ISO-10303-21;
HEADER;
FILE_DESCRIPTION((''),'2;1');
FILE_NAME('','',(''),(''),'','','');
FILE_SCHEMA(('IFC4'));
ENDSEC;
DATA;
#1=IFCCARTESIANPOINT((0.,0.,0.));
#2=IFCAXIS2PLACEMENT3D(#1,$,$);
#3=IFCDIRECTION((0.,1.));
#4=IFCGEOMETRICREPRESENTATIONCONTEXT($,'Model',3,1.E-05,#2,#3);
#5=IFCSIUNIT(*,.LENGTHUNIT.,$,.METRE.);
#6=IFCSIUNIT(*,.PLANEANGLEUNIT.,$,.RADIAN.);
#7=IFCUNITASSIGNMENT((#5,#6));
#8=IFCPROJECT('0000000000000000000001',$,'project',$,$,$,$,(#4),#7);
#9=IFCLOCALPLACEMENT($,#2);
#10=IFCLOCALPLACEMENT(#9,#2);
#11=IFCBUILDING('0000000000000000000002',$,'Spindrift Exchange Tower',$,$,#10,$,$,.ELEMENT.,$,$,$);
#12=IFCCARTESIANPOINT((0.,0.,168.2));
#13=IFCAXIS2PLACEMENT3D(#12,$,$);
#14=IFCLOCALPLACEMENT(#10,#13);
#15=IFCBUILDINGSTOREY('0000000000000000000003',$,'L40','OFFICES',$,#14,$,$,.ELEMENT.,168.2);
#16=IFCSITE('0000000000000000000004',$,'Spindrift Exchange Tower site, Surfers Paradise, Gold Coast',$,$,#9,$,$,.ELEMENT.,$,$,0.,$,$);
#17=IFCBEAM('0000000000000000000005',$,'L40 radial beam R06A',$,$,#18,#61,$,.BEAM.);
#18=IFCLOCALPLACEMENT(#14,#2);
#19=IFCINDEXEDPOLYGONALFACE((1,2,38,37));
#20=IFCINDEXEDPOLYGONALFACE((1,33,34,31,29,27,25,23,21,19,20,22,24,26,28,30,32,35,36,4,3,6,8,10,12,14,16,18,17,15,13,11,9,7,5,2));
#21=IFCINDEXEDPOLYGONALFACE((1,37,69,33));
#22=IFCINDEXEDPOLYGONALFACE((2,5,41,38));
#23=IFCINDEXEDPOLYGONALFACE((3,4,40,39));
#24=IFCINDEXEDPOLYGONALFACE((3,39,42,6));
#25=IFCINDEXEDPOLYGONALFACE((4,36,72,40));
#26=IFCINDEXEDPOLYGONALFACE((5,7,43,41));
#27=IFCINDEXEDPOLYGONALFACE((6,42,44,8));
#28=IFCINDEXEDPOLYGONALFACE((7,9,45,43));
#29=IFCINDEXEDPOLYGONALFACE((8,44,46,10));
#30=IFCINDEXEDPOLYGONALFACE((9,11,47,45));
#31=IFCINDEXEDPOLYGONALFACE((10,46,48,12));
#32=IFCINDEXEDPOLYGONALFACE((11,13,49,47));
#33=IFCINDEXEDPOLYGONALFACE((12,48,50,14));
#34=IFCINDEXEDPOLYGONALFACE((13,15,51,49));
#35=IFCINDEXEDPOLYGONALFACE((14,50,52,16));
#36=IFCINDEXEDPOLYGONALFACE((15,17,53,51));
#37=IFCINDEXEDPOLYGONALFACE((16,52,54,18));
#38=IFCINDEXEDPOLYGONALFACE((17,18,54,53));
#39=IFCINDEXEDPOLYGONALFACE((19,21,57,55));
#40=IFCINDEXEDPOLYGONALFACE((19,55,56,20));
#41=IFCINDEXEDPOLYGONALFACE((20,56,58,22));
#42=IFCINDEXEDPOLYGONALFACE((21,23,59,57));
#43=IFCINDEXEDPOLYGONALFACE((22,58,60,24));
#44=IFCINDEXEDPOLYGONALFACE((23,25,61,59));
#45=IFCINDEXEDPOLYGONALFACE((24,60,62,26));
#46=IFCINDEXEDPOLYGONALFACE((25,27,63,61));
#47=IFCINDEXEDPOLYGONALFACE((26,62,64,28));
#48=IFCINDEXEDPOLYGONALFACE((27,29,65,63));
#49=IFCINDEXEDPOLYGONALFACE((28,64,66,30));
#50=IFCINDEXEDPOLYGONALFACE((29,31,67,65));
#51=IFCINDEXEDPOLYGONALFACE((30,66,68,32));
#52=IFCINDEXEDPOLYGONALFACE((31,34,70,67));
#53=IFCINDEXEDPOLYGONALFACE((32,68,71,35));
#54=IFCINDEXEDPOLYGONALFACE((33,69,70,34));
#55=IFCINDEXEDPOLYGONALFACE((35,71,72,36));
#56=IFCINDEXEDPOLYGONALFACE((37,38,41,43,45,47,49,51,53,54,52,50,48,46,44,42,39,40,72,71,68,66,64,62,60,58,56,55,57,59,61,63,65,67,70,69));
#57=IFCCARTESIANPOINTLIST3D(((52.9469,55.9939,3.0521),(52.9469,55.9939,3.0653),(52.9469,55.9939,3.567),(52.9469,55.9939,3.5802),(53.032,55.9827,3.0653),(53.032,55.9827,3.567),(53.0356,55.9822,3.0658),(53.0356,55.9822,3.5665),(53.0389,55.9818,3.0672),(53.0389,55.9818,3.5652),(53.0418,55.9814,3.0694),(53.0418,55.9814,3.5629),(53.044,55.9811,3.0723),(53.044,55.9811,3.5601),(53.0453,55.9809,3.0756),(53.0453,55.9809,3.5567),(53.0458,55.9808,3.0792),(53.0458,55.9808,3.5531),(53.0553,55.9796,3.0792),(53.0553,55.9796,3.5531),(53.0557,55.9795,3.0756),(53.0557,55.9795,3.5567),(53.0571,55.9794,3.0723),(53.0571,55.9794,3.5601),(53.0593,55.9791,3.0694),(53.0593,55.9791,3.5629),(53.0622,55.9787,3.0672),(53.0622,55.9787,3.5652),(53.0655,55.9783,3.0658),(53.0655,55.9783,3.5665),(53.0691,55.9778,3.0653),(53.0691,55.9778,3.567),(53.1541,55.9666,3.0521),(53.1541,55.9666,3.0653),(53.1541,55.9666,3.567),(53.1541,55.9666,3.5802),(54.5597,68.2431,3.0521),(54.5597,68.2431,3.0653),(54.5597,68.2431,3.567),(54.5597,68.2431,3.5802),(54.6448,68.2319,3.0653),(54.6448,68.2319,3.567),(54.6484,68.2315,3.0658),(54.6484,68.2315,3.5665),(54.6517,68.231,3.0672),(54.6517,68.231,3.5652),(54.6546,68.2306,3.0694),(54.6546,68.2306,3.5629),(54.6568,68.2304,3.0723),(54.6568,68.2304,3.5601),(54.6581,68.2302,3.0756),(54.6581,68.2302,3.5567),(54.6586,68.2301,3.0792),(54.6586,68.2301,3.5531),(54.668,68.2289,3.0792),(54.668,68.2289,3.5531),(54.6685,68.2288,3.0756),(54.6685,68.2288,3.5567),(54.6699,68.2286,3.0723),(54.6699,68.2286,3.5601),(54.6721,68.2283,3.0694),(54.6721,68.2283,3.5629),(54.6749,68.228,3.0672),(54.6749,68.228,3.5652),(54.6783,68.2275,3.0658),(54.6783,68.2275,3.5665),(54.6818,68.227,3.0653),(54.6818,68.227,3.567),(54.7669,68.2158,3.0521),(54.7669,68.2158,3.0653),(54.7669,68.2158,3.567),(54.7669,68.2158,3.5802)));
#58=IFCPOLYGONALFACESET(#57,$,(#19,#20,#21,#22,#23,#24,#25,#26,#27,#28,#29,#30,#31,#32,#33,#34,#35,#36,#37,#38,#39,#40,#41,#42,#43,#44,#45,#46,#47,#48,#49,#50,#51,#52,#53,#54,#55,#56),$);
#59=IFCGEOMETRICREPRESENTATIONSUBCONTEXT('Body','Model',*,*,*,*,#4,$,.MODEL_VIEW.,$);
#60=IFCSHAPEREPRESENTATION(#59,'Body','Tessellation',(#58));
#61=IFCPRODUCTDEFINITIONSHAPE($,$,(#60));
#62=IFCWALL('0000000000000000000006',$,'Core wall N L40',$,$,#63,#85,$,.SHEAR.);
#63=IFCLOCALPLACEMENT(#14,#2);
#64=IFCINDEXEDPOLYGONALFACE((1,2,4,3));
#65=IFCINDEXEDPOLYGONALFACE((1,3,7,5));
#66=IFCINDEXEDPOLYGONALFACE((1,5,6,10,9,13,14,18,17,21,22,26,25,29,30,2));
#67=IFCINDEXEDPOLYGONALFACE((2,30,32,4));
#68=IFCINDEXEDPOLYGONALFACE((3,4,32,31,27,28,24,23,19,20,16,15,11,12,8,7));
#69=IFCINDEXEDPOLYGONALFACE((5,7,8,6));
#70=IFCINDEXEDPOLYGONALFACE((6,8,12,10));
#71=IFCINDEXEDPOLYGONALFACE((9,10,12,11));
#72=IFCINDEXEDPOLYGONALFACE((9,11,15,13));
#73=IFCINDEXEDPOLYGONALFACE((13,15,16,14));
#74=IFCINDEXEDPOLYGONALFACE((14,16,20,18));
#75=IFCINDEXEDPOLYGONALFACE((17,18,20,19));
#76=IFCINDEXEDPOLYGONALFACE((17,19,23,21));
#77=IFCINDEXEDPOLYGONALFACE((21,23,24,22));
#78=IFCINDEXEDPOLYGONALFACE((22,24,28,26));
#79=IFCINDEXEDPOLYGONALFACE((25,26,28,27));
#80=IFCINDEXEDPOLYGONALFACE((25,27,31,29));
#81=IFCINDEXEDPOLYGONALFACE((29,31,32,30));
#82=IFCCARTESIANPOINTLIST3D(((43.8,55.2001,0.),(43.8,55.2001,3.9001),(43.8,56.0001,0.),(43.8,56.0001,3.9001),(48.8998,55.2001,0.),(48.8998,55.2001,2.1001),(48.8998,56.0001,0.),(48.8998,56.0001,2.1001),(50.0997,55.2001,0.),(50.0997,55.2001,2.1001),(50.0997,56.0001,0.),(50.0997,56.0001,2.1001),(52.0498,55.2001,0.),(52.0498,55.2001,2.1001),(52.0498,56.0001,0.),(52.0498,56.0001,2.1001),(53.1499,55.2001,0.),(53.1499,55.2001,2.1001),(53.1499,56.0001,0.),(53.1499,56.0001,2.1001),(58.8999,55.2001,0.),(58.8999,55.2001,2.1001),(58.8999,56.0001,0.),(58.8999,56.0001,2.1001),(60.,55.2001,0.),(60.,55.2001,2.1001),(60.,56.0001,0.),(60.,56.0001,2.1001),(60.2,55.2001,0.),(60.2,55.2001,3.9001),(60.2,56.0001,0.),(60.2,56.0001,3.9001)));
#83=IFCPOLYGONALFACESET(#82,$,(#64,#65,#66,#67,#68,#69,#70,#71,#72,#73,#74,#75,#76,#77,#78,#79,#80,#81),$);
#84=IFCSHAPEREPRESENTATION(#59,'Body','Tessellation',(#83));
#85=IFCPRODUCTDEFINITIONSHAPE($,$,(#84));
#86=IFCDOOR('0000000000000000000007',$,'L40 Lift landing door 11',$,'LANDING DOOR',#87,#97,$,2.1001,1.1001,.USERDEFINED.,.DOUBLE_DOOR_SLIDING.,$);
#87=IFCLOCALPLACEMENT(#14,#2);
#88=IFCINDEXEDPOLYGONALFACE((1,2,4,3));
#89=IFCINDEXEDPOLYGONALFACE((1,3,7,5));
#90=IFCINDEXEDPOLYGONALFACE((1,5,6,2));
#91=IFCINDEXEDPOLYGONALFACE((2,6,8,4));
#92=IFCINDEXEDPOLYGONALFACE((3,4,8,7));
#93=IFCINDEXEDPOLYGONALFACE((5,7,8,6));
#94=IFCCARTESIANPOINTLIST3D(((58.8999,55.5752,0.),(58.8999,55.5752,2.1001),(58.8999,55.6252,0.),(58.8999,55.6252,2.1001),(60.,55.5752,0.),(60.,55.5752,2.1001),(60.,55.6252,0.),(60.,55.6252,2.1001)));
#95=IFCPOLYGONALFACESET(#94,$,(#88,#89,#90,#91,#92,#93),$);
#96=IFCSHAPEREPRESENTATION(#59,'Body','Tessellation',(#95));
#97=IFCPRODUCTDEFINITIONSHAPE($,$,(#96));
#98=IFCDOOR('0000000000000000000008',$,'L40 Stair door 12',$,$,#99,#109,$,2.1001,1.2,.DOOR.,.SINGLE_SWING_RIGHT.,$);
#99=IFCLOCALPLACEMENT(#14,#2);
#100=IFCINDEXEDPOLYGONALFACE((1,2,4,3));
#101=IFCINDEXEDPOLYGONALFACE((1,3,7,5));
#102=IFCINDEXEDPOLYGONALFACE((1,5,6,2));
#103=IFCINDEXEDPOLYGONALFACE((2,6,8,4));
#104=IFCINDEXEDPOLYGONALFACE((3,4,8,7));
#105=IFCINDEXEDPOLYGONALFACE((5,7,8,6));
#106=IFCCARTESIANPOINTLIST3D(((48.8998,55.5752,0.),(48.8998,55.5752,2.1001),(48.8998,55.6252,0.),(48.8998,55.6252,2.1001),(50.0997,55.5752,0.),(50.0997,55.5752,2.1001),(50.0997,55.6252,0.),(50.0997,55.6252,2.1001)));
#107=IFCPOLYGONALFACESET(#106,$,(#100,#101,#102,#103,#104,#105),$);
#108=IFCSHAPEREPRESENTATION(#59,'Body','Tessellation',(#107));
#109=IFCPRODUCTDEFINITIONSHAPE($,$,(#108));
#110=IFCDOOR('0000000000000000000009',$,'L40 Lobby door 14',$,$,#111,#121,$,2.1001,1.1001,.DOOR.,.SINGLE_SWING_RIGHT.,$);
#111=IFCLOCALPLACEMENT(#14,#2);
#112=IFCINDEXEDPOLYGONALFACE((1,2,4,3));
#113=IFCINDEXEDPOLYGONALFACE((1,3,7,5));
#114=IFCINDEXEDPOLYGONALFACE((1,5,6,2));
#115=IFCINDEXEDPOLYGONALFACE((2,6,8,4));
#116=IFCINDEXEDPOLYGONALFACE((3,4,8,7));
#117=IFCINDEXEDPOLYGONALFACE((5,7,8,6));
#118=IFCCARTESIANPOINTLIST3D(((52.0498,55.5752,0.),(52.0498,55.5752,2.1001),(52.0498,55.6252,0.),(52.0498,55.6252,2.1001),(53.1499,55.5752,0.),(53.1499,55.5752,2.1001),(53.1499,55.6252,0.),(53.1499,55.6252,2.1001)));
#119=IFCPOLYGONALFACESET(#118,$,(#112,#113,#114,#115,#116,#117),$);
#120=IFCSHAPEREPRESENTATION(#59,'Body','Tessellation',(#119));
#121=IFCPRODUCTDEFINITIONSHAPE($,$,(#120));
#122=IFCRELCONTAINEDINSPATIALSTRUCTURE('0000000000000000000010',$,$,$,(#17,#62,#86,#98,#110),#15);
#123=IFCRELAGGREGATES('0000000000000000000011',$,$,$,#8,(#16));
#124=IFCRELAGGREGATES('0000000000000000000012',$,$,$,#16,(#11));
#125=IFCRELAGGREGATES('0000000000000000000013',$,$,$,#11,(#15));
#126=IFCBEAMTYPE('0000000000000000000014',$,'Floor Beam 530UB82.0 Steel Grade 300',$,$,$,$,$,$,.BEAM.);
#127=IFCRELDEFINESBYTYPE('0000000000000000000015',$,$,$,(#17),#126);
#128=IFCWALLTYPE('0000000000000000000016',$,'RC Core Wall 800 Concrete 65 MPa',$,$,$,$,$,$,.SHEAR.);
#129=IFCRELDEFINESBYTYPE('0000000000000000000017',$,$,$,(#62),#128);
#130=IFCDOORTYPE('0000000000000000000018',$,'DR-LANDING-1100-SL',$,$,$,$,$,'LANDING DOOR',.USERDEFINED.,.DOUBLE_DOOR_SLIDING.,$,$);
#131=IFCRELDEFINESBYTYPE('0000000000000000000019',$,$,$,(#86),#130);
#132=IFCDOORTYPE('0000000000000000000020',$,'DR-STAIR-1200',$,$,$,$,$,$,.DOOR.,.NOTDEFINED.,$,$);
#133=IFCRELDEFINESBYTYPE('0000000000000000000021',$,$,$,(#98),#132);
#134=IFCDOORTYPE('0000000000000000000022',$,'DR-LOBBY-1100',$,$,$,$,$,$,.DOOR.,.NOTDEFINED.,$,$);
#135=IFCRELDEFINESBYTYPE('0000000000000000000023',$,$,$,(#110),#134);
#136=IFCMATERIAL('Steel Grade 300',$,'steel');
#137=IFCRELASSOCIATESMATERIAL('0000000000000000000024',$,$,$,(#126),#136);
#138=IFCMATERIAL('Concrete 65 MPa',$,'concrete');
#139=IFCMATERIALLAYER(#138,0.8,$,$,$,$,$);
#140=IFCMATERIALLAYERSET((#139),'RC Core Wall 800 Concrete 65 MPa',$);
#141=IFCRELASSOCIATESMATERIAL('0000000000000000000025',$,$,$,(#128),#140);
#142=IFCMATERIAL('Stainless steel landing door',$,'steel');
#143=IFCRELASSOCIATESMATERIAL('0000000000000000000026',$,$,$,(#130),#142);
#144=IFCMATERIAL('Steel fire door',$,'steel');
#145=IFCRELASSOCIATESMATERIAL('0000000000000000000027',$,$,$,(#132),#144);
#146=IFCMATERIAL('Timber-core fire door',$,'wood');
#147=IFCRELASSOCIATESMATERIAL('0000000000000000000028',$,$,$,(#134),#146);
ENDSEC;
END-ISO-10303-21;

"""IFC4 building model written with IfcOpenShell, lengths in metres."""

from ifc_helpers import new_model, si_unit, direction, frame, frame_2d, origin, origin_2d, place, context, subcontext, project, spatial, rectangle, i_section, extrude, source, transform, mapped, material, layer, layer_set, material_profile, profile_set, type_object, element, fill, save


model = new_model("IFC4")

# Units and contexts
model_context = context("Model", 3, precision=1e-05, world=origin(), true_north=direction((0.0, 1.0)))
body_context = subcontext(model_context, "Body", "Model", "MODEL_VIEW")
ifc_project = project(units=[si_unit("LENGTHUNIT", "METRE"), si_unit("PLANEANGLEUNIT", "RADIAN")], contexts=[model_context])

# Site, building, storey
site_placement = place(None, origin())
site = spatial("IfcSite", under=ifc_project, at=site_placement, Name="Spindrift Exchange Tower site, Surfers Paradise, Gold Coast", CompositionType="ELEMENT", RefElevation=0.0)
building_placement = place(site_placement, origin())
building = spatial("IfcBuilding", under=site, at=building_placement, Name="Spindrift Exchange Tower", CompositionType="ELEMENT")
storey_placement = place(building_placement, frame((0.0, 0.0, 168.2)))
storey = spatial("IfcBuildingStorey", under=building, at=storey_placement, Name="L40", Description="OFFICES", CompositionType="ELEMENT", Elevation=168.2)

# Beam
ifc_material_1 = material(Name="Steel Grade 300", Category="steel")
ifc_material_profile_1 = material_profile(ifc_material_1, i_section(OverallWidth=0.209, OverallDepth=0.5281, WebThickness=0.0095, FlangeThickness=0.0132, FilletRadius=0.0139, at=origin_2d()), Name="530UB82.0")
ifc_profile_set_1 = profile_set([ifc_material_profile_1], Name="Steel Grade 300")
beam_type_1 = type_object("IfcBeamType", Name="Floor Beam 530UB82.0 Steel Grade 300", PredefinedType="BEAM", material=ifc_profile_set_1)
shared_shape_1 = source(origin(), body_context, "Body", "SweptSolid", [
    extrude(i_section(OverallWidth=0.209, OverallDepth=0.5281, WebThickness=0.0095, FlangeThickness=0.0132, FilletRadius=0.0139, at=origin_2d()), origin(), (0.0, 0.0, 1.0), 12.355),
])
beam_1_placement = place(storey_placement, frame((53.0505, 55.9802, 3.3162), z_axis=(0.130538, 0.991443, 0.0), x_axis=(-0.991443, 0.130538, 0.0)))
element("IfcBeam", 1, at=beam_1_placement, inside=storey, type_object=beam_type_1, Name="L40 radial beam R06A", PredefinedType="BEAM", context=body_context, shape_type="MappedRepresentation", body=[
    mapped(shared_shape_1, transform((0.0, 0.0, 0.0), scale=1.0)),
])

# Wall, openings, doors
ifc_material_2 = material(Name="Concrete 65 MPa", Category="concrete")
ifc_layer_1 = layer(ifc_material_2, 0.8)
ifc_layer_set_1 = layer_set([ifc_layer_1], Name="RC Core Wall 800 Concrete 65 MPa")
wall_type_1 = type_object("IfcWallType", Name="RC Core Wall 800 Concrete 65 MPa", PredefinedType="SHEAR", material=ifc_layer_set_1)
wall_1_placement = place(storey_placement, frame((60.2, 55.6001, 0.0), z_axis=(0.0, 0.0, 1.0), x_axis=(-1.0, 0.0, 0.0)))
wall_1 = element("IfcWall", 2, at=wall_1_placement, inside=storey, type_object=wall_type_1, Name="Core wall N L40", PredefinedType="SHEAR", context=body_context, shape_type="SweptSolid", body=[
    extrude(rectangle(XDim=16.3999, YDim=0.8, at=frame_2d((8.2, 0.0))), origin(), (0.0, 0.0, 1.0), 3.9001),
])
opening_1_placement = place(wall_1_placement, frame((0.2, 0.0, 0.0)))
opening_1 = element("IfcOpeningElement", 3, at=opening_1_placement, cuts=wall_1, PredefinedType="OPENING", context=body_context, shape_type="SweptSolid", body=[
    extrude(rectangle(XDim=1.1001, YDim=2.1001, at=frame_2d((0.55, 1.05))), frame((0.0, 0.4099, 0.0), z_axis=(0.0, -1.0, 0.0), x_axis=(1.0, 0.0, 0.0)), (0.0, 0.0, 1.0), 0.8201),
])
opening_2_placement = place(wall_1_placement, frame((10.1001, 0.0, 0.0)))
opening_2 = element("IfcOpeningElement", 4, at=opening_2_placement, cuts=wall_1, PredefinedType="OPENING", context=body_context, shape_type="SweptSolid", body=[
    extrude(rectangle(XDim=1.2, YDim=2.1001, at=frame_2d((0.6001, 1.05))), frame((0.0, 0.4099, 0.0), z_axis=(0.0, -1.0, 0.0), x_axis=(1.0, 0.0, 0.0)), (0.0, 0.0, 1.0), 0.8201),
])
opening_3_placement = place(wall_1_placement, frame((7.05, 0.0, 0.0)))
opening_3 = element("IfcOpeningElement", 5, at=opening_3_placement, cuts=wall_1, PredefinedType="OPENING", context=body_context, shape_type="SweptSolid", body=[
    extrude(rectangle(XDim=1.1001, YDim=2.1001, at=frame_2d((0.55, 1.05))), frame((0.0, 0.4099, 0.0), z_axis=(0.0, -1.0, 0.0), x_axis=(1.0, 0.0, 0.0)), (0.0, 0.0, 1.0), 0.8201),
])
ifc_material_3 = material(Name="Stainless steel landing door", Category="steel")
door_type_1 = type_object("IfcDoorType", Name="DR-LANDING-1100-SL", ElementType="LANDING DOOR", OperationType="DOUBLE_DOOR_SLIDING", PredefinedType="USERDEFINED", material=ifc_material_3)
shared_shape_2 = source(origin(), body_context, "Body", "SweptSolid", [
    extrude(rectangle(XDim=1.1001, YDim=2.1001, at=frame_2d((0.55, 1.05))), frame((0.0, 0.0249, 0.0), z_axis=(0.0, -1.0, 0.0), x_axis=(1.0, 0.0, 0.0)), (0.0, 0.0, 1.0), 0.05),
])
door_1_placement = place(opening_1_placement, origin())
door_1 = element("IfcDoor", 6, at=door_1_placement, inside=storey, type_object=door_type_1, Name="L40 Lift landing door 11", ObjectType="LANDING DOOR", OperationType="DOUBLE_DOOR_SLIDING", OverallHeight=2.1001, OverallWidth=1.1001, PredefinedType="USERDEFINED", context=body_context, shape_type="MappedRepresentation", body=[
    mapped(shared_shape_2, transform((0.0, 0.0, 0.0), scale=1.0)),
])
fill(opening_1, door_1)
ifc_material_4 = material(Name="Steel fire door", Category="steel")
door_type_2 = type_object("IfcDoorType", Name="DR-STAIR-1200", OperationType="NOTDEFINED", PredefinedType="DOOR", material=ifc_material_4)
shared_shape_3 = source(origin(), body_context, "Body", "SweptSolid", [
    extrude(rectangle(XDim=1.2, YDim=2.1001, at=frame_2d((0.6001, 1.05))), frame((0.0, 0.0249, 0.0), z_axis=(0.0, -1.0, 0.0), x_axis=(1.0, 0.0, 0.0)), (0.0, 0.0, 1.0), 0.05),
])
door_2_placement = place(opening_2_placement, origin())
door_2 = element("IfcDoor", 7, at=door_2_placement, inside=storey, type_object=door_type_2, Name="L40 Stair door 12", OperationType="SINGLE_SWING_RIGHT", OverallHeight=2.1001, OverallWidth=1.2, PredefinedType="DOOR", context=body_context, shape_type="MappedRepresentation", body=[
    mapped(shared_shape_3, transform((0.0, 0.0, 0.0), scale=1.0)),
])
fill(opening_2, door_2)
ifc_material_5 = material(Name="Timber-core fire door", Category="wood")
door_type_3 = type_object("IfcDoorType", Name="DR-LOBBY-1100", OperationType="NOTDEFINED", PredefinedType="DOOR", material=ifc_material_5)
shared_shape_4 = source(origin(), body_context, "Body", "SweptSolid", [
    extrude(rectangle(XDim=1.1001, YDim=2.1001, at=frame_2d((0.55, 1.05))), frame((0.0, 0.0249, 0.0), z_axis=(0.0, -1.0, 0.0), x_axis=(1.0, 0.0, 0.0)), (0.0, 0.0, 1.0), 0.05),
])
door_3_placement = place(opening_3_placement, origin())
door_3 = element("IfcDoor", 8, at=door_3_placement, inside=storey, type_object=door_type_3, Name="L40 Lobby door 14", OperationType="SINGLE_SWING_RIGHT", OverallHeight=2.1001, OverallWidth=1.1001, PredefinedType="DOOR", context=body_context, shape_type="MappedRepresentation", body=[
    mapped(shared_shape_4, transform((0.0, 0.0, 0.0), scale=1.0)),
])
fill(opening_3, door_3)

save(model, "model.ifc")
